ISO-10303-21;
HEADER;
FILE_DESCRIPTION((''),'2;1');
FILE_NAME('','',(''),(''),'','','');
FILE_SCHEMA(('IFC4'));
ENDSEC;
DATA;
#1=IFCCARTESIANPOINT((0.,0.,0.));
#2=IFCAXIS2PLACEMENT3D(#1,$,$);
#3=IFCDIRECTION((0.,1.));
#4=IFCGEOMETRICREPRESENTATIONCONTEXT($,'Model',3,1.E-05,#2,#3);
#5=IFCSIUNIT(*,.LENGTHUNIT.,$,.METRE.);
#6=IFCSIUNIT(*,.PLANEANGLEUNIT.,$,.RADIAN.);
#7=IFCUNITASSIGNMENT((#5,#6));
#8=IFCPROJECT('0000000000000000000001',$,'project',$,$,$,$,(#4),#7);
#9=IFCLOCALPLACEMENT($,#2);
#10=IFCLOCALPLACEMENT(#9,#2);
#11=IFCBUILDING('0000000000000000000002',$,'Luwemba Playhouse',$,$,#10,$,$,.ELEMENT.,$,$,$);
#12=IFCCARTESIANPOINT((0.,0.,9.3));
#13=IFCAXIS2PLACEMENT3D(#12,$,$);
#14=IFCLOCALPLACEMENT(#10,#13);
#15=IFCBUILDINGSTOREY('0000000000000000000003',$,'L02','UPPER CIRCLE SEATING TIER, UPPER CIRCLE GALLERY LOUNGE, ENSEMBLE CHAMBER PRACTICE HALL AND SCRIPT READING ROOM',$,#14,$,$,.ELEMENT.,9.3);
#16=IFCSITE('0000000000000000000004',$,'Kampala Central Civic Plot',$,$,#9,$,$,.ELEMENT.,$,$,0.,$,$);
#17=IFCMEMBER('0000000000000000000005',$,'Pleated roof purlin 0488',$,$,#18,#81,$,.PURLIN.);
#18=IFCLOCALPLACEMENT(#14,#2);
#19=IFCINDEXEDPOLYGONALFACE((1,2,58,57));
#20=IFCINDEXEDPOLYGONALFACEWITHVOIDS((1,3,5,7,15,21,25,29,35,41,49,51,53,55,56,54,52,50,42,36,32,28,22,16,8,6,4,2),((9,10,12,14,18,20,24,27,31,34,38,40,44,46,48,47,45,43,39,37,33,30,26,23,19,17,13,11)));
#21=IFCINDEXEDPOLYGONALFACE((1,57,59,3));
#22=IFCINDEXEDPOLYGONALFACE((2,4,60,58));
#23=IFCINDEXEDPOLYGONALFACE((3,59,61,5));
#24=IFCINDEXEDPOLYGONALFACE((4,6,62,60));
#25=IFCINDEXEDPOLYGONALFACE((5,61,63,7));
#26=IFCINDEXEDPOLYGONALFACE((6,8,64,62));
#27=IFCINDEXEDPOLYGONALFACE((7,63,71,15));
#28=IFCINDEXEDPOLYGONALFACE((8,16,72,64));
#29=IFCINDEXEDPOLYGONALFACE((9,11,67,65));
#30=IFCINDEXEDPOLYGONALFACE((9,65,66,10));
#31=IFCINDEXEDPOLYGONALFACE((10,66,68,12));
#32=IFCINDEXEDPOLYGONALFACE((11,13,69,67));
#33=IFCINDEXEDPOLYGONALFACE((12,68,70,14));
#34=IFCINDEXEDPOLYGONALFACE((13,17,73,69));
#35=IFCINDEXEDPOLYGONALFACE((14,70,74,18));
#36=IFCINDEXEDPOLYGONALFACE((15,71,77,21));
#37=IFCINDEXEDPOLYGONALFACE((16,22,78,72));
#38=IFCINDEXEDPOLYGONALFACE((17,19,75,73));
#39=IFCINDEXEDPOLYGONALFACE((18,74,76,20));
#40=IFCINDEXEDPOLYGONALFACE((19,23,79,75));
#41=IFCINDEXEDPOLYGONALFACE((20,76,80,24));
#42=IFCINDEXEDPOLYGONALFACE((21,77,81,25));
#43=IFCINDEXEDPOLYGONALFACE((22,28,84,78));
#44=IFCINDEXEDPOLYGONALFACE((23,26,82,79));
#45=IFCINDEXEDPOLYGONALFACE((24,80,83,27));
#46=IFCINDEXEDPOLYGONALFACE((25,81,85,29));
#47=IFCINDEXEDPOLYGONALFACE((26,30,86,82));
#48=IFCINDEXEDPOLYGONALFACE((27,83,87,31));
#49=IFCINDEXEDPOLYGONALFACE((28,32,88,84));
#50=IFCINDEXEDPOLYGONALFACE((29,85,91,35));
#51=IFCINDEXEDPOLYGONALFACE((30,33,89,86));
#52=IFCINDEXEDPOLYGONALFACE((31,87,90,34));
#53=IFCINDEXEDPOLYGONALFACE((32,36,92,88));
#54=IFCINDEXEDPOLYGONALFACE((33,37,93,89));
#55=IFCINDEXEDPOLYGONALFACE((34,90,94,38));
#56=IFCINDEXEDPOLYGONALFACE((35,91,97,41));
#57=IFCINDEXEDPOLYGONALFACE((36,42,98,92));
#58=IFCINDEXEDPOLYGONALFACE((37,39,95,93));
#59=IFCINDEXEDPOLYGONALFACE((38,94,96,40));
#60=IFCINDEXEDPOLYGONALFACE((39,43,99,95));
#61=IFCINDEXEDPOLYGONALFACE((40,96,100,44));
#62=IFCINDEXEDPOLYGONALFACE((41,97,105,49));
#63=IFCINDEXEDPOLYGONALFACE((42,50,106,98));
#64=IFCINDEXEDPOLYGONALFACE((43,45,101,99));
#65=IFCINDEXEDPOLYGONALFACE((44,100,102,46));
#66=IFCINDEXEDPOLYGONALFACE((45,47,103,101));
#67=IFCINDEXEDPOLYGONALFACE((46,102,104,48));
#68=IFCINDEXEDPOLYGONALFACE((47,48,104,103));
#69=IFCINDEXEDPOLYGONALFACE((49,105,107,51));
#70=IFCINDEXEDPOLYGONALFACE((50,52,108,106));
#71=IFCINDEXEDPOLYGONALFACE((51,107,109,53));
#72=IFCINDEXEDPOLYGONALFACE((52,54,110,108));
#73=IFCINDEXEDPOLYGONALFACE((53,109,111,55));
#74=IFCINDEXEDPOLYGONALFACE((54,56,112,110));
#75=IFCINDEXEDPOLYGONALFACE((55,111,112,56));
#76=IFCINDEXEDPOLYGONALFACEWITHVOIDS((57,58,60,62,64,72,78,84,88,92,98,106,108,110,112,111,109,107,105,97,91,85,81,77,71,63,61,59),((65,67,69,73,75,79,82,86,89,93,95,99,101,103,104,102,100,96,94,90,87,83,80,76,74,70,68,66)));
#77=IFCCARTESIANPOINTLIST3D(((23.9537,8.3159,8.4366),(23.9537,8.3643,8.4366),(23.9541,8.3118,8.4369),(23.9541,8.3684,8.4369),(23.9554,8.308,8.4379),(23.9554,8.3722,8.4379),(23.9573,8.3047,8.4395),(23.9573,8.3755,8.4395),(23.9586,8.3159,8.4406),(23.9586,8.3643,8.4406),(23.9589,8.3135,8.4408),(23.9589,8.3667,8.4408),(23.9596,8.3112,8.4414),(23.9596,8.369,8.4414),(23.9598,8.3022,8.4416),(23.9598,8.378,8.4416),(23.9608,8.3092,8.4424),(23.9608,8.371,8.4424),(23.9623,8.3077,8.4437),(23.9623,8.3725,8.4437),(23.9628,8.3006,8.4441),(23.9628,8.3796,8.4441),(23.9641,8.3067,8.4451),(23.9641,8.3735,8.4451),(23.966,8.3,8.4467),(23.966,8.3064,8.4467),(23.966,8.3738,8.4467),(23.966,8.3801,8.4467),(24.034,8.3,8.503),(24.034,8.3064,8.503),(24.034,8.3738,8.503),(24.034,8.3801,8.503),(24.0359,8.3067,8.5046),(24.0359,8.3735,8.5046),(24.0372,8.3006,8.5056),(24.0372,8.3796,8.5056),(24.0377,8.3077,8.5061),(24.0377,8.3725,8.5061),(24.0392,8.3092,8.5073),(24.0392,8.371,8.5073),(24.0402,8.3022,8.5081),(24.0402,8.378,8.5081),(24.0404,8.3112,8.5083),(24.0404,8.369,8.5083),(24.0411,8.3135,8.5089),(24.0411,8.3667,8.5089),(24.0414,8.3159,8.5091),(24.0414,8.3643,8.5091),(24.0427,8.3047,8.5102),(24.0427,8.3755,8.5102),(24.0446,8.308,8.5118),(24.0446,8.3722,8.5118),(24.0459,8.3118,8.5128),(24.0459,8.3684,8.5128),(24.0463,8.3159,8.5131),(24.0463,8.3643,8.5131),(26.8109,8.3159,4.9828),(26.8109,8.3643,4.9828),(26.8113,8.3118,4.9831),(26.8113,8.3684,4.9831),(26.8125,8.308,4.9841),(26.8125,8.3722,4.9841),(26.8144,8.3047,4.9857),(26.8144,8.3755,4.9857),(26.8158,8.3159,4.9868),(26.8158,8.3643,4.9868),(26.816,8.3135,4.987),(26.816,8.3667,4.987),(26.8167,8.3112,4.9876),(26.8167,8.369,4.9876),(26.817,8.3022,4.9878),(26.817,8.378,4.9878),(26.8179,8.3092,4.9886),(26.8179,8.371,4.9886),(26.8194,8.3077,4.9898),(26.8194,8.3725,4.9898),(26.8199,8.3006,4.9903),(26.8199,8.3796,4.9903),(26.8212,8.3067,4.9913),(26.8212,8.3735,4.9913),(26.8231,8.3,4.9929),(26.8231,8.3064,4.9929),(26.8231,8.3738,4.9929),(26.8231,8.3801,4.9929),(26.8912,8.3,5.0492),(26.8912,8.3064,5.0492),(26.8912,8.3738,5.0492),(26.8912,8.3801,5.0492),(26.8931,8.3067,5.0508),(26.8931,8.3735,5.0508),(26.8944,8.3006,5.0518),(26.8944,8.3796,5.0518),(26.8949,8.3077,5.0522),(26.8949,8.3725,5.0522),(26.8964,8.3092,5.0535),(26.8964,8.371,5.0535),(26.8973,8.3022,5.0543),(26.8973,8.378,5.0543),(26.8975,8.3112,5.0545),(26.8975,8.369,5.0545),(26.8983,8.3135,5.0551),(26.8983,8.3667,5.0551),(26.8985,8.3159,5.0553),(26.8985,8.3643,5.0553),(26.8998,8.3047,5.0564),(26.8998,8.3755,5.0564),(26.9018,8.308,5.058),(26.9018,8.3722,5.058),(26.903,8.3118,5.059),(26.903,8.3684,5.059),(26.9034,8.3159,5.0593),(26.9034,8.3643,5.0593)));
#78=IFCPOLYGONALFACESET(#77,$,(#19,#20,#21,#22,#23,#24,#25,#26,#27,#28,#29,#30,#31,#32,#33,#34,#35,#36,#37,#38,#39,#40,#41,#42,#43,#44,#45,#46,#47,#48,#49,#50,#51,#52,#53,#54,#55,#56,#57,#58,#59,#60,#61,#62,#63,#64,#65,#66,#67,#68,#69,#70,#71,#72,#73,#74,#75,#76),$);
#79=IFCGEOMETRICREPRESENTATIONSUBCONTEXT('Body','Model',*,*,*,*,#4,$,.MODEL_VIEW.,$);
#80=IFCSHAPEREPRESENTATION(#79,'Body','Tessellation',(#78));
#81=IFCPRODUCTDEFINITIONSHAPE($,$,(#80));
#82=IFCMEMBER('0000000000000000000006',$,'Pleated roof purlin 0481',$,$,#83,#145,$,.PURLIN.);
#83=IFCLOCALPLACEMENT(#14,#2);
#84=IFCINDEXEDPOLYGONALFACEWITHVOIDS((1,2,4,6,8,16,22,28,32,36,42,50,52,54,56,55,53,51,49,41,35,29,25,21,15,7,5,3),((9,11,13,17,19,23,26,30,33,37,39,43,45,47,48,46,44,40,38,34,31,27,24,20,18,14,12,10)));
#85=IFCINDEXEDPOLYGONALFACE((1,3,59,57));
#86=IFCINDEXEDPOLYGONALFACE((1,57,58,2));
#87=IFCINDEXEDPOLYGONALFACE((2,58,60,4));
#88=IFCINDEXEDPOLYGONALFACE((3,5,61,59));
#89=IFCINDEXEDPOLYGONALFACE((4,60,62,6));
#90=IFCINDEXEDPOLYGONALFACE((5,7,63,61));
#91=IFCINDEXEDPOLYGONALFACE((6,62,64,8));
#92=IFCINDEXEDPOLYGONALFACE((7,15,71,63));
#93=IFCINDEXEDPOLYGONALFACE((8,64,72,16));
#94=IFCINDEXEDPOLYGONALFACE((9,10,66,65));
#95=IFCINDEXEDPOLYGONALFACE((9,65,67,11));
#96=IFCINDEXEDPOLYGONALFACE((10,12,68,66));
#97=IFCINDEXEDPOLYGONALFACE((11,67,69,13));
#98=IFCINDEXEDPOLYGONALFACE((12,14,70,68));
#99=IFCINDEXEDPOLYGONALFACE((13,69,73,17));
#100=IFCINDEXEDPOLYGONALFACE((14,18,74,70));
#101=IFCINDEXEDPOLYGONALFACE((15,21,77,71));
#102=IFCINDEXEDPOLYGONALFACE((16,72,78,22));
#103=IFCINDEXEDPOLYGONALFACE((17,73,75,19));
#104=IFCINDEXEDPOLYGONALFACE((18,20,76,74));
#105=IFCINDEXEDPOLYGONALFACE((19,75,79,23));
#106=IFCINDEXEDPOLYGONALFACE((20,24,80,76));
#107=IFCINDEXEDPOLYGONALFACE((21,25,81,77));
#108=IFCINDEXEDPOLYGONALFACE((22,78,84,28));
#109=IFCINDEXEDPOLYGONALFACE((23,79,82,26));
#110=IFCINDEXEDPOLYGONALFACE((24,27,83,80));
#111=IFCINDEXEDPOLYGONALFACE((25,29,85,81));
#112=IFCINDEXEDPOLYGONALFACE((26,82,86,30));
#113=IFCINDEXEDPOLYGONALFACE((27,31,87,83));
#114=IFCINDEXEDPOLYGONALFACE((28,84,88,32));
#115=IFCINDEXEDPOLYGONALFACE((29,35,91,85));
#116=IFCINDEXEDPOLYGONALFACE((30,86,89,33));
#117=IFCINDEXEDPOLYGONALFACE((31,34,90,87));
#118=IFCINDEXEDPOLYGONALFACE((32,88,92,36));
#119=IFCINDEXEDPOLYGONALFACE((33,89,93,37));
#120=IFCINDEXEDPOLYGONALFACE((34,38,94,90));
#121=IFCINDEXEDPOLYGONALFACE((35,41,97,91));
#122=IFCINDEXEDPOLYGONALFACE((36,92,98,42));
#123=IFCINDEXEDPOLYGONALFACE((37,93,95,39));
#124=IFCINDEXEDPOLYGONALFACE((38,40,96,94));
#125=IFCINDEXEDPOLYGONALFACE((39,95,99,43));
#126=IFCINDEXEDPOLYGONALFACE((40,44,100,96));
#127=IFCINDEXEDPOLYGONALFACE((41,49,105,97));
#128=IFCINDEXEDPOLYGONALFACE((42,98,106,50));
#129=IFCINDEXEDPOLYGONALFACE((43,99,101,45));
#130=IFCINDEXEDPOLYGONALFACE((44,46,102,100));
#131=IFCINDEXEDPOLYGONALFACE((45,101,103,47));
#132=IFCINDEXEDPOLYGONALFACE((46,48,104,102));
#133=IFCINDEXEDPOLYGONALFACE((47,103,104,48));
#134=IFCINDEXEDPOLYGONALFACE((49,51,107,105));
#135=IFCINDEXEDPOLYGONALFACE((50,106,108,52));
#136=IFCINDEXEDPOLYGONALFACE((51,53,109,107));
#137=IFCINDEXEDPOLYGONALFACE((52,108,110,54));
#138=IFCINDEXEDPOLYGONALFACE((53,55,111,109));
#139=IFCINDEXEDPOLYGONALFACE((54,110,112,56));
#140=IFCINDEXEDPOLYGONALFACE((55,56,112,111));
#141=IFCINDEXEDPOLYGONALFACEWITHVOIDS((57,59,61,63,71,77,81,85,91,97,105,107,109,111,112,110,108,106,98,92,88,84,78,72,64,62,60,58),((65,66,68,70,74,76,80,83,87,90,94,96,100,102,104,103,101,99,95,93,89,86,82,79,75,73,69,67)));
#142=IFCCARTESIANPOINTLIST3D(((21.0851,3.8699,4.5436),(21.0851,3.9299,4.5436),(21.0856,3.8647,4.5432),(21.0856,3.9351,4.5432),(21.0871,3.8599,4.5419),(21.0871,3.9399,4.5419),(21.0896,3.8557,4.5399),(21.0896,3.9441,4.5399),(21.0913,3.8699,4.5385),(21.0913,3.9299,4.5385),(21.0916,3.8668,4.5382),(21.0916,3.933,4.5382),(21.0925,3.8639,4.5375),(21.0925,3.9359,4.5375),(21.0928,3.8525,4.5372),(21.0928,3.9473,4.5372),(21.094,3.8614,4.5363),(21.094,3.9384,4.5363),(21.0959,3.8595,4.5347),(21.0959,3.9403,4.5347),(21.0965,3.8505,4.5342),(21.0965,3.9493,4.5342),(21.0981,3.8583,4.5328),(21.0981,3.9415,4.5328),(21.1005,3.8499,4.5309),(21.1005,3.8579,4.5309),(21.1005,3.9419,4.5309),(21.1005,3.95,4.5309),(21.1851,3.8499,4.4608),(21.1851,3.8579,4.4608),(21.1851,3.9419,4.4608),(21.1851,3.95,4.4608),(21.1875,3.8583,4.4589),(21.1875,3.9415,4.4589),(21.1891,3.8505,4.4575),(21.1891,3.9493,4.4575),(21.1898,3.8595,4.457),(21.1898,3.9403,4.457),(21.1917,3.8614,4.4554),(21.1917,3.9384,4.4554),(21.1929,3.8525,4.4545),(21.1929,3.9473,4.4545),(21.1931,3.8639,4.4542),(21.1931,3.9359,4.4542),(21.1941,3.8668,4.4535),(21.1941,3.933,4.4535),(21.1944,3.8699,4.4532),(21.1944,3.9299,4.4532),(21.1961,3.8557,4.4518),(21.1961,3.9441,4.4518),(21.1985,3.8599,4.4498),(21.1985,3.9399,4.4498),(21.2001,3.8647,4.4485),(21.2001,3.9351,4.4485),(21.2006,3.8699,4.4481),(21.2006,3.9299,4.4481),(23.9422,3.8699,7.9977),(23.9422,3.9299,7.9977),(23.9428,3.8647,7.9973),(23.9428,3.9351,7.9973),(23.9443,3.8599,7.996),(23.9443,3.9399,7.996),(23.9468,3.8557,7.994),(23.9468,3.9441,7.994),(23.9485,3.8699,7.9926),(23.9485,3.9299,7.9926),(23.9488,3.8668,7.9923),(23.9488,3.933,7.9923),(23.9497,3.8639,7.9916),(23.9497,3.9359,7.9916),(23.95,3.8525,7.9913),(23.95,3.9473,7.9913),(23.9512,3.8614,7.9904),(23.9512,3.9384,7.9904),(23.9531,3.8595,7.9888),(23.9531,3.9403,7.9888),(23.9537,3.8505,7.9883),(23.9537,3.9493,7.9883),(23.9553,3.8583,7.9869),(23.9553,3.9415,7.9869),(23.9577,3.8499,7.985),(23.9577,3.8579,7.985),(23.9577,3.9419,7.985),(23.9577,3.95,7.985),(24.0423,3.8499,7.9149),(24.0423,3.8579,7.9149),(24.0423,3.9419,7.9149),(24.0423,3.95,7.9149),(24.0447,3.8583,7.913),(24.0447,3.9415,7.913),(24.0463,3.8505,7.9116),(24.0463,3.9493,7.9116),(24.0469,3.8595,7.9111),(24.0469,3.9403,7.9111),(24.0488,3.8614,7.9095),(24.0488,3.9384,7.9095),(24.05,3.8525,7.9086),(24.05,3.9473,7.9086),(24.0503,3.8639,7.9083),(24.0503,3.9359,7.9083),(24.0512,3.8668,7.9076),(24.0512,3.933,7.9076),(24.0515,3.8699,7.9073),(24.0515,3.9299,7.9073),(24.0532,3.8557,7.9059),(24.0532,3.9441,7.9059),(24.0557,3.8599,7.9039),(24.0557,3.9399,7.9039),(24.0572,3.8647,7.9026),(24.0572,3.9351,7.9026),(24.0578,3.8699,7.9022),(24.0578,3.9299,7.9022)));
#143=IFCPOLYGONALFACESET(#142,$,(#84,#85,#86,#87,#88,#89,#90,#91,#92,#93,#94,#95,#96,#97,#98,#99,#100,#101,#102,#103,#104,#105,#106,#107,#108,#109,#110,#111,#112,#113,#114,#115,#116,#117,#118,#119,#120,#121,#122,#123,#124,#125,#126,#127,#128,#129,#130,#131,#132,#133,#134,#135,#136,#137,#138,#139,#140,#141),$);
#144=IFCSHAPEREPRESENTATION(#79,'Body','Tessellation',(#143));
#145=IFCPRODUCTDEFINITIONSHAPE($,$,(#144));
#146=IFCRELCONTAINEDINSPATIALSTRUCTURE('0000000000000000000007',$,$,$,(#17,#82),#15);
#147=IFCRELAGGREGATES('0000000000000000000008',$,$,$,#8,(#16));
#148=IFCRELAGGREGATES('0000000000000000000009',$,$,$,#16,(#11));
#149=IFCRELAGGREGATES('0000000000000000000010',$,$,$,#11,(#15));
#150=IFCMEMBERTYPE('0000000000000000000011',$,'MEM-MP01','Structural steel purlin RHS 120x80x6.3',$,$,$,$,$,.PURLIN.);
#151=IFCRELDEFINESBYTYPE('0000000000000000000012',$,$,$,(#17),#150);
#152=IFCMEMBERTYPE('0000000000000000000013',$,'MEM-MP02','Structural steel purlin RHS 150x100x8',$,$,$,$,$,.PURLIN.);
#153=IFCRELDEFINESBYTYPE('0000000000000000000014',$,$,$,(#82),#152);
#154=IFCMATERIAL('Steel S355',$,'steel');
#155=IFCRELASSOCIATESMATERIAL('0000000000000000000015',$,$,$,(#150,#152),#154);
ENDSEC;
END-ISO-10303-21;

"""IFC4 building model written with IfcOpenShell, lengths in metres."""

from ifc_helpers import new_model, si_unit, direction, frame, origin, origin_2d, place, context, subcontext, project, spatial, hollow_rectangle, extrude, material, material_profile, profile_set, type_object, element, save


model = new_model("IFC4")

# Units and contexts
model_context = context("Model", 3, precision=1e-05, world=origin(), true_north=direction((0.0, 1.0)))
body_context = subcontext(model_context, "Body", "Model", "MODEL_VIEW")
ifc_project = project(units=[si_unit("LENGTHUNIT", "METRE"), si_unit("PLANEANGLEUNIT", "RADIAN")], contexts=[model_context])

# Site, building, storey
site_placement = place(None, origin())
site = spatial("IfcSite", under=ifc_project, at=site_placement, Name="Kampala Central Civic Plot", CompositionType="ELEMENT", RefElevation=0.0)
building_placement = place(site_placement, origin())
building = spatial("IfcBuilding", under=site, at=building_placement, Name="Luwemba Playhouse", CompositionType="ELEMENT")
storey_placement = place(building_placement, frame((0.0, 0.0, 9.3)))
storey = spatial("IfcBuildingStorey", under=building, at=storey_placement, Name="L02", Description="UPPER CIRCLE SEATING TIER, UPPER CIRCLE GALLERY LOUNGE, ENSEMBLE CHAMBER PRACTICE HALL AND SCRIPT READING ROOM", CompositionType="ELEMENT", Elevation=9.3)

# Shared definitions
ifc_material_1 = material(Name="Steel S355", Category="steel")

# Members
ifc_material_profile_1 = material_profile(ifc_material_1, hollow_rectangle(XDim=0.0801, YDim=0.1201, WallThickness=0.0063, InnerFilletRadius=0.0095, OuterFilletRadius=0.0159, at=origin_2d()))
ifc_profile_set_1 = profile_set([ifc_material_profile_1], Name="Steel S355")
member_type_1 = type_object("IfcMemberType", Name="MEM-MP01", Description="Structural steel purlin RHS 120x80x6.3", PredefinedType="PURLIN", material=ifc_profile_set_1)
member_1_placement = place(storey_placement, frame((24.0, 8.3401, 8.4749), z_axis=(0.637411, 0.0, -0.770524), x_axis=(0.0, 1.0, 0.0)))
element("IfcMember", 1, at=member_1_placement, inside=storey, type_object=member_type_1, Name="Pleated roof purlin 0488", PredefinedType="PURLIN", context=body_context, shape_type="SweptSolid", body=[
    extrude(hollow_rectangle(XDim=0.0801, YDim=0.1201, WallThickness=0.0063, InnerFilletRadius=0.0095, OuterFilletRadius=0.0159, at=origin_2d()), origin(), (0.0, 0.0, 1.0), 4.4824),
])
ifc_material_profile_2 = material_profile(ifc_material_1, hollow_rectangle(XDim=0.1001, YDim=0.1499, WallThickness=0.0081, InnerFilletRadius=0.012, OuterFilletRadius=0.02, at=origin_2d()))
ifc_profile_set_2 = profile_set([ifc_material_profile_2], Name="Steel S355")
member_type_2 = type_object("IfcMemberType", Name="MEM-MP02", Description="Structural steel purlin RHS 150x100x8", PredefinedType="PURLIN", material=ifc_profile_set_2)
for number, where, z_axis, x_axis, name in (
    (2, (21.1428, 3.8999, 4.4958), (0.637384, 0.0, 0.770547), (0.0, 1.0, 0.0), "Pleated roof purlin 0481"),
):
    element("IfcMember", number, at=place(storey_placement, frame(where, z_axis=z_axis, x_axis=x_axis)), inside=storey, type_object=member_type_2, Name=name, PredefinedType="PURLIN", context=body_context, shape_type="SweptSolid", body=[
        extrude(hollow_rectangle(XDim=0.1001, YDim=0.1499, WallThickness=0.0081, InnerFilletRadius=0.012, OuterFilletRadius=0.02, at=origin_2d()), origin(), (0.0, 0.0, 1.0), 4.4827),
    ])

save(model, "model.ifc")
